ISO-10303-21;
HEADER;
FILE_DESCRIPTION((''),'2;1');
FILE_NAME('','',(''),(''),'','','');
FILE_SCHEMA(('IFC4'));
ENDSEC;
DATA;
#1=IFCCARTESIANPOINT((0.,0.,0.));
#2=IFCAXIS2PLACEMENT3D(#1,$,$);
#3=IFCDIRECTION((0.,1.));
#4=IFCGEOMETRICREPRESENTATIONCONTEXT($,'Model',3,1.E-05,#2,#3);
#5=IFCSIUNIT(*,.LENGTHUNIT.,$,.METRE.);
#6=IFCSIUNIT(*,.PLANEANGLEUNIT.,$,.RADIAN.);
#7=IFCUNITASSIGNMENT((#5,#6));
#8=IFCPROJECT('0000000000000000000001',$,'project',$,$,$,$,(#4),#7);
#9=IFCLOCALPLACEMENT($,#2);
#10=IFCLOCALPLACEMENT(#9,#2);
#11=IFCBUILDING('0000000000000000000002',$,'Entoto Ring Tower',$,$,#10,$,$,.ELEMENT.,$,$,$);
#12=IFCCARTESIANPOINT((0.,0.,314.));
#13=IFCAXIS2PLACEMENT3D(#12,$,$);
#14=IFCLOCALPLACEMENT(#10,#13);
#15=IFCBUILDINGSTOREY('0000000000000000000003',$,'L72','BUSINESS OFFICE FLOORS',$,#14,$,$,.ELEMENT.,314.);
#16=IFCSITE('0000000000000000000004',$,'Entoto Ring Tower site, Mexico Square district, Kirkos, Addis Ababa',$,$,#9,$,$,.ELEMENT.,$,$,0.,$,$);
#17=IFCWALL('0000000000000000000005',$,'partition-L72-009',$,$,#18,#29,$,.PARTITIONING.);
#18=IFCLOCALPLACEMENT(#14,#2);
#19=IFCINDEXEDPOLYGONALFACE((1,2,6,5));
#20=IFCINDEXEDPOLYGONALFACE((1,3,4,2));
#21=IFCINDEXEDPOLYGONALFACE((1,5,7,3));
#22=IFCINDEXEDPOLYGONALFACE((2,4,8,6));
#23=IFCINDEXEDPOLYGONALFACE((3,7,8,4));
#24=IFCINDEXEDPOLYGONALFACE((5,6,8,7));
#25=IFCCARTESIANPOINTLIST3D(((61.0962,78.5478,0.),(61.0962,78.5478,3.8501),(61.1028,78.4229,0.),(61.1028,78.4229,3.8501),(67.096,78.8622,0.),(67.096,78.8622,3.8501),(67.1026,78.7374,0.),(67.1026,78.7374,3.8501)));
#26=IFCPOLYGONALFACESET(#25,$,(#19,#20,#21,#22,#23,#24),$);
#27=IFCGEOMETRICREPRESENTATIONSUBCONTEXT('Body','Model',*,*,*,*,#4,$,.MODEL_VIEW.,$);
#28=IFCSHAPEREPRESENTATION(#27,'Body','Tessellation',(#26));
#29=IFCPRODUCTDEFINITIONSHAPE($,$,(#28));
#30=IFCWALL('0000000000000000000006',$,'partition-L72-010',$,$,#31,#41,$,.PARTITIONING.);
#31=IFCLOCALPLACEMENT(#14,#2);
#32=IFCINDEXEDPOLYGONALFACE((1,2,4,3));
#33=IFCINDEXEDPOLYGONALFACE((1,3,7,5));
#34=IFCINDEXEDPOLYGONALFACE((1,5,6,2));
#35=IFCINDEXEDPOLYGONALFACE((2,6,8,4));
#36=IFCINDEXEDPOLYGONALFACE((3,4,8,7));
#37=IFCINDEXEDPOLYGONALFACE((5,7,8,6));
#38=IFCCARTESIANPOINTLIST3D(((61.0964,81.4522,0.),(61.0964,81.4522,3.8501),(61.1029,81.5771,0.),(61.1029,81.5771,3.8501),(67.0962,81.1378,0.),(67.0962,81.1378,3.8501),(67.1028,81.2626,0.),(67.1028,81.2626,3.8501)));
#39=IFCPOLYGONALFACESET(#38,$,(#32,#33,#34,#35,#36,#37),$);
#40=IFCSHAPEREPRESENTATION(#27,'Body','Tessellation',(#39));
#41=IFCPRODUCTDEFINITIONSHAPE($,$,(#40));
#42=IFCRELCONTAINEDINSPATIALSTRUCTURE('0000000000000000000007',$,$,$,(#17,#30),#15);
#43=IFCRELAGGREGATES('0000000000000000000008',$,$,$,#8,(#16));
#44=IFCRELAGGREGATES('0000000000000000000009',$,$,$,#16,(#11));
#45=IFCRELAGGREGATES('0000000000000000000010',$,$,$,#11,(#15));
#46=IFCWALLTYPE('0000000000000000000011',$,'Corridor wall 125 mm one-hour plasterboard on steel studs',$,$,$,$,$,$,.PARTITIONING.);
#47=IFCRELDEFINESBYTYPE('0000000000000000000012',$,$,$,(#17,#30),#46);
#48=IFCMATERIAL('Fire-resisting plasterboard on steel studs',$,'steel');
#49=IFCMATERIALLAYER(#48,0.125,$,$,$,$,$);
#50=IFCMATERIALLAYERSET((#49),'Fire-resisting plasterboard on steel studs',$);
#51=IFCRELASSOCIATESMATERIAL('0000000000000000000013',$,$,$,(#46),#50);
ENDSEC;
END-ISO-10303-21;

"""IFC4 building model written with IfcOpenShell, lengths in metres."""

from ifc_helpers import new_model, si_unit, direction, frame, frame_2d, origin, place, context, subcontext, project, spatial, rectangle, extrude, material, layer, layer_set, type_object, element, save


model = new_model("IFC4")

# Units and contexts
model_context = context("Model", 3, precision=1e-05, world=origin(), true_north=direction((0.0, 1.0)))
body_context = subcontext(model_context, "Body", "Model", "MODEL_VIEW")
ifc_project = project(units=[si_unit("LENGTHUNIT", "METRE"), si_unit("PLANEANGLEUNIT", "RADIAN")], contexts=[model_context])

# Site, building, storey
site_placement = place(None, origin())
site = spatial("IfcSite", under=ifc_project, at=site_placement, Name="Entoto Ring Tower site, Mexico Square district, Kirkos, Addis Ababa", CompositionType="ELEMENT", RefElevation=0.0)
building_placement = place(site_placement, origin())
building = spatial("IfcBuilding", under=site, at=building_placement, Name="Entoto Ring Tower", CompositionType="ELEMENT")
storey_placement = place(building_placement, frame((0.0, 0.0, 314.0)))
storey = spatial("IfcBuildingStorey", under=building, at=storey_placement, Name="L72", Description="BUSINESS OFFICE FLOORS", CompositionType="ELEMENT", Elevation=314.0)

# Shared definitions
ifc_material_1 = material(Name="Fire-resisting plasterboard on steel studs", Category="steel")
ifc_layer_1 = layer(ifc_material_1, 0.125)
ifc_layer_set_1 = layer_set([ifc_layer_1], Name="Fire-resisting plasterboard on steel studs")
wall_type_1 = type_object("IfcWallType", Name="Corridor wall 125 mm one-hour plasterboard on steel studs", PredefinedType="PARTITIONING", material=ifc_layer_set_1)

# Walls
for number, where, z_axis, x_axis, name in (
    (1, (61.0996, 78.4854, 0.0), (0.0, 0.0, 1.0), (0.998629, 0.052339, 0.0), "partition-L72-009"),
    (2, (67.0994, 81.2002, 0.0), (0.0, 0.0, 1.0), (-0.998629, 0.052339, 0.0), "partition-L72-010"),
):
    element("IfcWall", number, at=place(storey_placement, frame(where, z_axis=z_axis, x_axis=x_axis)), inside=storey, type_object=wall_type_1, Name=name, PredefinedType="PARTITIONING", context=body_context, shape_type="SweptSolid", body=[
        extrude(rectangle(XDim=6.0081, YDim=0.125, at=frame_2d((3.0039, 0.0))), origin(), (0.0, 0.0, 1.0), 3.8501),
    ])

save(model, "model.ifc")
